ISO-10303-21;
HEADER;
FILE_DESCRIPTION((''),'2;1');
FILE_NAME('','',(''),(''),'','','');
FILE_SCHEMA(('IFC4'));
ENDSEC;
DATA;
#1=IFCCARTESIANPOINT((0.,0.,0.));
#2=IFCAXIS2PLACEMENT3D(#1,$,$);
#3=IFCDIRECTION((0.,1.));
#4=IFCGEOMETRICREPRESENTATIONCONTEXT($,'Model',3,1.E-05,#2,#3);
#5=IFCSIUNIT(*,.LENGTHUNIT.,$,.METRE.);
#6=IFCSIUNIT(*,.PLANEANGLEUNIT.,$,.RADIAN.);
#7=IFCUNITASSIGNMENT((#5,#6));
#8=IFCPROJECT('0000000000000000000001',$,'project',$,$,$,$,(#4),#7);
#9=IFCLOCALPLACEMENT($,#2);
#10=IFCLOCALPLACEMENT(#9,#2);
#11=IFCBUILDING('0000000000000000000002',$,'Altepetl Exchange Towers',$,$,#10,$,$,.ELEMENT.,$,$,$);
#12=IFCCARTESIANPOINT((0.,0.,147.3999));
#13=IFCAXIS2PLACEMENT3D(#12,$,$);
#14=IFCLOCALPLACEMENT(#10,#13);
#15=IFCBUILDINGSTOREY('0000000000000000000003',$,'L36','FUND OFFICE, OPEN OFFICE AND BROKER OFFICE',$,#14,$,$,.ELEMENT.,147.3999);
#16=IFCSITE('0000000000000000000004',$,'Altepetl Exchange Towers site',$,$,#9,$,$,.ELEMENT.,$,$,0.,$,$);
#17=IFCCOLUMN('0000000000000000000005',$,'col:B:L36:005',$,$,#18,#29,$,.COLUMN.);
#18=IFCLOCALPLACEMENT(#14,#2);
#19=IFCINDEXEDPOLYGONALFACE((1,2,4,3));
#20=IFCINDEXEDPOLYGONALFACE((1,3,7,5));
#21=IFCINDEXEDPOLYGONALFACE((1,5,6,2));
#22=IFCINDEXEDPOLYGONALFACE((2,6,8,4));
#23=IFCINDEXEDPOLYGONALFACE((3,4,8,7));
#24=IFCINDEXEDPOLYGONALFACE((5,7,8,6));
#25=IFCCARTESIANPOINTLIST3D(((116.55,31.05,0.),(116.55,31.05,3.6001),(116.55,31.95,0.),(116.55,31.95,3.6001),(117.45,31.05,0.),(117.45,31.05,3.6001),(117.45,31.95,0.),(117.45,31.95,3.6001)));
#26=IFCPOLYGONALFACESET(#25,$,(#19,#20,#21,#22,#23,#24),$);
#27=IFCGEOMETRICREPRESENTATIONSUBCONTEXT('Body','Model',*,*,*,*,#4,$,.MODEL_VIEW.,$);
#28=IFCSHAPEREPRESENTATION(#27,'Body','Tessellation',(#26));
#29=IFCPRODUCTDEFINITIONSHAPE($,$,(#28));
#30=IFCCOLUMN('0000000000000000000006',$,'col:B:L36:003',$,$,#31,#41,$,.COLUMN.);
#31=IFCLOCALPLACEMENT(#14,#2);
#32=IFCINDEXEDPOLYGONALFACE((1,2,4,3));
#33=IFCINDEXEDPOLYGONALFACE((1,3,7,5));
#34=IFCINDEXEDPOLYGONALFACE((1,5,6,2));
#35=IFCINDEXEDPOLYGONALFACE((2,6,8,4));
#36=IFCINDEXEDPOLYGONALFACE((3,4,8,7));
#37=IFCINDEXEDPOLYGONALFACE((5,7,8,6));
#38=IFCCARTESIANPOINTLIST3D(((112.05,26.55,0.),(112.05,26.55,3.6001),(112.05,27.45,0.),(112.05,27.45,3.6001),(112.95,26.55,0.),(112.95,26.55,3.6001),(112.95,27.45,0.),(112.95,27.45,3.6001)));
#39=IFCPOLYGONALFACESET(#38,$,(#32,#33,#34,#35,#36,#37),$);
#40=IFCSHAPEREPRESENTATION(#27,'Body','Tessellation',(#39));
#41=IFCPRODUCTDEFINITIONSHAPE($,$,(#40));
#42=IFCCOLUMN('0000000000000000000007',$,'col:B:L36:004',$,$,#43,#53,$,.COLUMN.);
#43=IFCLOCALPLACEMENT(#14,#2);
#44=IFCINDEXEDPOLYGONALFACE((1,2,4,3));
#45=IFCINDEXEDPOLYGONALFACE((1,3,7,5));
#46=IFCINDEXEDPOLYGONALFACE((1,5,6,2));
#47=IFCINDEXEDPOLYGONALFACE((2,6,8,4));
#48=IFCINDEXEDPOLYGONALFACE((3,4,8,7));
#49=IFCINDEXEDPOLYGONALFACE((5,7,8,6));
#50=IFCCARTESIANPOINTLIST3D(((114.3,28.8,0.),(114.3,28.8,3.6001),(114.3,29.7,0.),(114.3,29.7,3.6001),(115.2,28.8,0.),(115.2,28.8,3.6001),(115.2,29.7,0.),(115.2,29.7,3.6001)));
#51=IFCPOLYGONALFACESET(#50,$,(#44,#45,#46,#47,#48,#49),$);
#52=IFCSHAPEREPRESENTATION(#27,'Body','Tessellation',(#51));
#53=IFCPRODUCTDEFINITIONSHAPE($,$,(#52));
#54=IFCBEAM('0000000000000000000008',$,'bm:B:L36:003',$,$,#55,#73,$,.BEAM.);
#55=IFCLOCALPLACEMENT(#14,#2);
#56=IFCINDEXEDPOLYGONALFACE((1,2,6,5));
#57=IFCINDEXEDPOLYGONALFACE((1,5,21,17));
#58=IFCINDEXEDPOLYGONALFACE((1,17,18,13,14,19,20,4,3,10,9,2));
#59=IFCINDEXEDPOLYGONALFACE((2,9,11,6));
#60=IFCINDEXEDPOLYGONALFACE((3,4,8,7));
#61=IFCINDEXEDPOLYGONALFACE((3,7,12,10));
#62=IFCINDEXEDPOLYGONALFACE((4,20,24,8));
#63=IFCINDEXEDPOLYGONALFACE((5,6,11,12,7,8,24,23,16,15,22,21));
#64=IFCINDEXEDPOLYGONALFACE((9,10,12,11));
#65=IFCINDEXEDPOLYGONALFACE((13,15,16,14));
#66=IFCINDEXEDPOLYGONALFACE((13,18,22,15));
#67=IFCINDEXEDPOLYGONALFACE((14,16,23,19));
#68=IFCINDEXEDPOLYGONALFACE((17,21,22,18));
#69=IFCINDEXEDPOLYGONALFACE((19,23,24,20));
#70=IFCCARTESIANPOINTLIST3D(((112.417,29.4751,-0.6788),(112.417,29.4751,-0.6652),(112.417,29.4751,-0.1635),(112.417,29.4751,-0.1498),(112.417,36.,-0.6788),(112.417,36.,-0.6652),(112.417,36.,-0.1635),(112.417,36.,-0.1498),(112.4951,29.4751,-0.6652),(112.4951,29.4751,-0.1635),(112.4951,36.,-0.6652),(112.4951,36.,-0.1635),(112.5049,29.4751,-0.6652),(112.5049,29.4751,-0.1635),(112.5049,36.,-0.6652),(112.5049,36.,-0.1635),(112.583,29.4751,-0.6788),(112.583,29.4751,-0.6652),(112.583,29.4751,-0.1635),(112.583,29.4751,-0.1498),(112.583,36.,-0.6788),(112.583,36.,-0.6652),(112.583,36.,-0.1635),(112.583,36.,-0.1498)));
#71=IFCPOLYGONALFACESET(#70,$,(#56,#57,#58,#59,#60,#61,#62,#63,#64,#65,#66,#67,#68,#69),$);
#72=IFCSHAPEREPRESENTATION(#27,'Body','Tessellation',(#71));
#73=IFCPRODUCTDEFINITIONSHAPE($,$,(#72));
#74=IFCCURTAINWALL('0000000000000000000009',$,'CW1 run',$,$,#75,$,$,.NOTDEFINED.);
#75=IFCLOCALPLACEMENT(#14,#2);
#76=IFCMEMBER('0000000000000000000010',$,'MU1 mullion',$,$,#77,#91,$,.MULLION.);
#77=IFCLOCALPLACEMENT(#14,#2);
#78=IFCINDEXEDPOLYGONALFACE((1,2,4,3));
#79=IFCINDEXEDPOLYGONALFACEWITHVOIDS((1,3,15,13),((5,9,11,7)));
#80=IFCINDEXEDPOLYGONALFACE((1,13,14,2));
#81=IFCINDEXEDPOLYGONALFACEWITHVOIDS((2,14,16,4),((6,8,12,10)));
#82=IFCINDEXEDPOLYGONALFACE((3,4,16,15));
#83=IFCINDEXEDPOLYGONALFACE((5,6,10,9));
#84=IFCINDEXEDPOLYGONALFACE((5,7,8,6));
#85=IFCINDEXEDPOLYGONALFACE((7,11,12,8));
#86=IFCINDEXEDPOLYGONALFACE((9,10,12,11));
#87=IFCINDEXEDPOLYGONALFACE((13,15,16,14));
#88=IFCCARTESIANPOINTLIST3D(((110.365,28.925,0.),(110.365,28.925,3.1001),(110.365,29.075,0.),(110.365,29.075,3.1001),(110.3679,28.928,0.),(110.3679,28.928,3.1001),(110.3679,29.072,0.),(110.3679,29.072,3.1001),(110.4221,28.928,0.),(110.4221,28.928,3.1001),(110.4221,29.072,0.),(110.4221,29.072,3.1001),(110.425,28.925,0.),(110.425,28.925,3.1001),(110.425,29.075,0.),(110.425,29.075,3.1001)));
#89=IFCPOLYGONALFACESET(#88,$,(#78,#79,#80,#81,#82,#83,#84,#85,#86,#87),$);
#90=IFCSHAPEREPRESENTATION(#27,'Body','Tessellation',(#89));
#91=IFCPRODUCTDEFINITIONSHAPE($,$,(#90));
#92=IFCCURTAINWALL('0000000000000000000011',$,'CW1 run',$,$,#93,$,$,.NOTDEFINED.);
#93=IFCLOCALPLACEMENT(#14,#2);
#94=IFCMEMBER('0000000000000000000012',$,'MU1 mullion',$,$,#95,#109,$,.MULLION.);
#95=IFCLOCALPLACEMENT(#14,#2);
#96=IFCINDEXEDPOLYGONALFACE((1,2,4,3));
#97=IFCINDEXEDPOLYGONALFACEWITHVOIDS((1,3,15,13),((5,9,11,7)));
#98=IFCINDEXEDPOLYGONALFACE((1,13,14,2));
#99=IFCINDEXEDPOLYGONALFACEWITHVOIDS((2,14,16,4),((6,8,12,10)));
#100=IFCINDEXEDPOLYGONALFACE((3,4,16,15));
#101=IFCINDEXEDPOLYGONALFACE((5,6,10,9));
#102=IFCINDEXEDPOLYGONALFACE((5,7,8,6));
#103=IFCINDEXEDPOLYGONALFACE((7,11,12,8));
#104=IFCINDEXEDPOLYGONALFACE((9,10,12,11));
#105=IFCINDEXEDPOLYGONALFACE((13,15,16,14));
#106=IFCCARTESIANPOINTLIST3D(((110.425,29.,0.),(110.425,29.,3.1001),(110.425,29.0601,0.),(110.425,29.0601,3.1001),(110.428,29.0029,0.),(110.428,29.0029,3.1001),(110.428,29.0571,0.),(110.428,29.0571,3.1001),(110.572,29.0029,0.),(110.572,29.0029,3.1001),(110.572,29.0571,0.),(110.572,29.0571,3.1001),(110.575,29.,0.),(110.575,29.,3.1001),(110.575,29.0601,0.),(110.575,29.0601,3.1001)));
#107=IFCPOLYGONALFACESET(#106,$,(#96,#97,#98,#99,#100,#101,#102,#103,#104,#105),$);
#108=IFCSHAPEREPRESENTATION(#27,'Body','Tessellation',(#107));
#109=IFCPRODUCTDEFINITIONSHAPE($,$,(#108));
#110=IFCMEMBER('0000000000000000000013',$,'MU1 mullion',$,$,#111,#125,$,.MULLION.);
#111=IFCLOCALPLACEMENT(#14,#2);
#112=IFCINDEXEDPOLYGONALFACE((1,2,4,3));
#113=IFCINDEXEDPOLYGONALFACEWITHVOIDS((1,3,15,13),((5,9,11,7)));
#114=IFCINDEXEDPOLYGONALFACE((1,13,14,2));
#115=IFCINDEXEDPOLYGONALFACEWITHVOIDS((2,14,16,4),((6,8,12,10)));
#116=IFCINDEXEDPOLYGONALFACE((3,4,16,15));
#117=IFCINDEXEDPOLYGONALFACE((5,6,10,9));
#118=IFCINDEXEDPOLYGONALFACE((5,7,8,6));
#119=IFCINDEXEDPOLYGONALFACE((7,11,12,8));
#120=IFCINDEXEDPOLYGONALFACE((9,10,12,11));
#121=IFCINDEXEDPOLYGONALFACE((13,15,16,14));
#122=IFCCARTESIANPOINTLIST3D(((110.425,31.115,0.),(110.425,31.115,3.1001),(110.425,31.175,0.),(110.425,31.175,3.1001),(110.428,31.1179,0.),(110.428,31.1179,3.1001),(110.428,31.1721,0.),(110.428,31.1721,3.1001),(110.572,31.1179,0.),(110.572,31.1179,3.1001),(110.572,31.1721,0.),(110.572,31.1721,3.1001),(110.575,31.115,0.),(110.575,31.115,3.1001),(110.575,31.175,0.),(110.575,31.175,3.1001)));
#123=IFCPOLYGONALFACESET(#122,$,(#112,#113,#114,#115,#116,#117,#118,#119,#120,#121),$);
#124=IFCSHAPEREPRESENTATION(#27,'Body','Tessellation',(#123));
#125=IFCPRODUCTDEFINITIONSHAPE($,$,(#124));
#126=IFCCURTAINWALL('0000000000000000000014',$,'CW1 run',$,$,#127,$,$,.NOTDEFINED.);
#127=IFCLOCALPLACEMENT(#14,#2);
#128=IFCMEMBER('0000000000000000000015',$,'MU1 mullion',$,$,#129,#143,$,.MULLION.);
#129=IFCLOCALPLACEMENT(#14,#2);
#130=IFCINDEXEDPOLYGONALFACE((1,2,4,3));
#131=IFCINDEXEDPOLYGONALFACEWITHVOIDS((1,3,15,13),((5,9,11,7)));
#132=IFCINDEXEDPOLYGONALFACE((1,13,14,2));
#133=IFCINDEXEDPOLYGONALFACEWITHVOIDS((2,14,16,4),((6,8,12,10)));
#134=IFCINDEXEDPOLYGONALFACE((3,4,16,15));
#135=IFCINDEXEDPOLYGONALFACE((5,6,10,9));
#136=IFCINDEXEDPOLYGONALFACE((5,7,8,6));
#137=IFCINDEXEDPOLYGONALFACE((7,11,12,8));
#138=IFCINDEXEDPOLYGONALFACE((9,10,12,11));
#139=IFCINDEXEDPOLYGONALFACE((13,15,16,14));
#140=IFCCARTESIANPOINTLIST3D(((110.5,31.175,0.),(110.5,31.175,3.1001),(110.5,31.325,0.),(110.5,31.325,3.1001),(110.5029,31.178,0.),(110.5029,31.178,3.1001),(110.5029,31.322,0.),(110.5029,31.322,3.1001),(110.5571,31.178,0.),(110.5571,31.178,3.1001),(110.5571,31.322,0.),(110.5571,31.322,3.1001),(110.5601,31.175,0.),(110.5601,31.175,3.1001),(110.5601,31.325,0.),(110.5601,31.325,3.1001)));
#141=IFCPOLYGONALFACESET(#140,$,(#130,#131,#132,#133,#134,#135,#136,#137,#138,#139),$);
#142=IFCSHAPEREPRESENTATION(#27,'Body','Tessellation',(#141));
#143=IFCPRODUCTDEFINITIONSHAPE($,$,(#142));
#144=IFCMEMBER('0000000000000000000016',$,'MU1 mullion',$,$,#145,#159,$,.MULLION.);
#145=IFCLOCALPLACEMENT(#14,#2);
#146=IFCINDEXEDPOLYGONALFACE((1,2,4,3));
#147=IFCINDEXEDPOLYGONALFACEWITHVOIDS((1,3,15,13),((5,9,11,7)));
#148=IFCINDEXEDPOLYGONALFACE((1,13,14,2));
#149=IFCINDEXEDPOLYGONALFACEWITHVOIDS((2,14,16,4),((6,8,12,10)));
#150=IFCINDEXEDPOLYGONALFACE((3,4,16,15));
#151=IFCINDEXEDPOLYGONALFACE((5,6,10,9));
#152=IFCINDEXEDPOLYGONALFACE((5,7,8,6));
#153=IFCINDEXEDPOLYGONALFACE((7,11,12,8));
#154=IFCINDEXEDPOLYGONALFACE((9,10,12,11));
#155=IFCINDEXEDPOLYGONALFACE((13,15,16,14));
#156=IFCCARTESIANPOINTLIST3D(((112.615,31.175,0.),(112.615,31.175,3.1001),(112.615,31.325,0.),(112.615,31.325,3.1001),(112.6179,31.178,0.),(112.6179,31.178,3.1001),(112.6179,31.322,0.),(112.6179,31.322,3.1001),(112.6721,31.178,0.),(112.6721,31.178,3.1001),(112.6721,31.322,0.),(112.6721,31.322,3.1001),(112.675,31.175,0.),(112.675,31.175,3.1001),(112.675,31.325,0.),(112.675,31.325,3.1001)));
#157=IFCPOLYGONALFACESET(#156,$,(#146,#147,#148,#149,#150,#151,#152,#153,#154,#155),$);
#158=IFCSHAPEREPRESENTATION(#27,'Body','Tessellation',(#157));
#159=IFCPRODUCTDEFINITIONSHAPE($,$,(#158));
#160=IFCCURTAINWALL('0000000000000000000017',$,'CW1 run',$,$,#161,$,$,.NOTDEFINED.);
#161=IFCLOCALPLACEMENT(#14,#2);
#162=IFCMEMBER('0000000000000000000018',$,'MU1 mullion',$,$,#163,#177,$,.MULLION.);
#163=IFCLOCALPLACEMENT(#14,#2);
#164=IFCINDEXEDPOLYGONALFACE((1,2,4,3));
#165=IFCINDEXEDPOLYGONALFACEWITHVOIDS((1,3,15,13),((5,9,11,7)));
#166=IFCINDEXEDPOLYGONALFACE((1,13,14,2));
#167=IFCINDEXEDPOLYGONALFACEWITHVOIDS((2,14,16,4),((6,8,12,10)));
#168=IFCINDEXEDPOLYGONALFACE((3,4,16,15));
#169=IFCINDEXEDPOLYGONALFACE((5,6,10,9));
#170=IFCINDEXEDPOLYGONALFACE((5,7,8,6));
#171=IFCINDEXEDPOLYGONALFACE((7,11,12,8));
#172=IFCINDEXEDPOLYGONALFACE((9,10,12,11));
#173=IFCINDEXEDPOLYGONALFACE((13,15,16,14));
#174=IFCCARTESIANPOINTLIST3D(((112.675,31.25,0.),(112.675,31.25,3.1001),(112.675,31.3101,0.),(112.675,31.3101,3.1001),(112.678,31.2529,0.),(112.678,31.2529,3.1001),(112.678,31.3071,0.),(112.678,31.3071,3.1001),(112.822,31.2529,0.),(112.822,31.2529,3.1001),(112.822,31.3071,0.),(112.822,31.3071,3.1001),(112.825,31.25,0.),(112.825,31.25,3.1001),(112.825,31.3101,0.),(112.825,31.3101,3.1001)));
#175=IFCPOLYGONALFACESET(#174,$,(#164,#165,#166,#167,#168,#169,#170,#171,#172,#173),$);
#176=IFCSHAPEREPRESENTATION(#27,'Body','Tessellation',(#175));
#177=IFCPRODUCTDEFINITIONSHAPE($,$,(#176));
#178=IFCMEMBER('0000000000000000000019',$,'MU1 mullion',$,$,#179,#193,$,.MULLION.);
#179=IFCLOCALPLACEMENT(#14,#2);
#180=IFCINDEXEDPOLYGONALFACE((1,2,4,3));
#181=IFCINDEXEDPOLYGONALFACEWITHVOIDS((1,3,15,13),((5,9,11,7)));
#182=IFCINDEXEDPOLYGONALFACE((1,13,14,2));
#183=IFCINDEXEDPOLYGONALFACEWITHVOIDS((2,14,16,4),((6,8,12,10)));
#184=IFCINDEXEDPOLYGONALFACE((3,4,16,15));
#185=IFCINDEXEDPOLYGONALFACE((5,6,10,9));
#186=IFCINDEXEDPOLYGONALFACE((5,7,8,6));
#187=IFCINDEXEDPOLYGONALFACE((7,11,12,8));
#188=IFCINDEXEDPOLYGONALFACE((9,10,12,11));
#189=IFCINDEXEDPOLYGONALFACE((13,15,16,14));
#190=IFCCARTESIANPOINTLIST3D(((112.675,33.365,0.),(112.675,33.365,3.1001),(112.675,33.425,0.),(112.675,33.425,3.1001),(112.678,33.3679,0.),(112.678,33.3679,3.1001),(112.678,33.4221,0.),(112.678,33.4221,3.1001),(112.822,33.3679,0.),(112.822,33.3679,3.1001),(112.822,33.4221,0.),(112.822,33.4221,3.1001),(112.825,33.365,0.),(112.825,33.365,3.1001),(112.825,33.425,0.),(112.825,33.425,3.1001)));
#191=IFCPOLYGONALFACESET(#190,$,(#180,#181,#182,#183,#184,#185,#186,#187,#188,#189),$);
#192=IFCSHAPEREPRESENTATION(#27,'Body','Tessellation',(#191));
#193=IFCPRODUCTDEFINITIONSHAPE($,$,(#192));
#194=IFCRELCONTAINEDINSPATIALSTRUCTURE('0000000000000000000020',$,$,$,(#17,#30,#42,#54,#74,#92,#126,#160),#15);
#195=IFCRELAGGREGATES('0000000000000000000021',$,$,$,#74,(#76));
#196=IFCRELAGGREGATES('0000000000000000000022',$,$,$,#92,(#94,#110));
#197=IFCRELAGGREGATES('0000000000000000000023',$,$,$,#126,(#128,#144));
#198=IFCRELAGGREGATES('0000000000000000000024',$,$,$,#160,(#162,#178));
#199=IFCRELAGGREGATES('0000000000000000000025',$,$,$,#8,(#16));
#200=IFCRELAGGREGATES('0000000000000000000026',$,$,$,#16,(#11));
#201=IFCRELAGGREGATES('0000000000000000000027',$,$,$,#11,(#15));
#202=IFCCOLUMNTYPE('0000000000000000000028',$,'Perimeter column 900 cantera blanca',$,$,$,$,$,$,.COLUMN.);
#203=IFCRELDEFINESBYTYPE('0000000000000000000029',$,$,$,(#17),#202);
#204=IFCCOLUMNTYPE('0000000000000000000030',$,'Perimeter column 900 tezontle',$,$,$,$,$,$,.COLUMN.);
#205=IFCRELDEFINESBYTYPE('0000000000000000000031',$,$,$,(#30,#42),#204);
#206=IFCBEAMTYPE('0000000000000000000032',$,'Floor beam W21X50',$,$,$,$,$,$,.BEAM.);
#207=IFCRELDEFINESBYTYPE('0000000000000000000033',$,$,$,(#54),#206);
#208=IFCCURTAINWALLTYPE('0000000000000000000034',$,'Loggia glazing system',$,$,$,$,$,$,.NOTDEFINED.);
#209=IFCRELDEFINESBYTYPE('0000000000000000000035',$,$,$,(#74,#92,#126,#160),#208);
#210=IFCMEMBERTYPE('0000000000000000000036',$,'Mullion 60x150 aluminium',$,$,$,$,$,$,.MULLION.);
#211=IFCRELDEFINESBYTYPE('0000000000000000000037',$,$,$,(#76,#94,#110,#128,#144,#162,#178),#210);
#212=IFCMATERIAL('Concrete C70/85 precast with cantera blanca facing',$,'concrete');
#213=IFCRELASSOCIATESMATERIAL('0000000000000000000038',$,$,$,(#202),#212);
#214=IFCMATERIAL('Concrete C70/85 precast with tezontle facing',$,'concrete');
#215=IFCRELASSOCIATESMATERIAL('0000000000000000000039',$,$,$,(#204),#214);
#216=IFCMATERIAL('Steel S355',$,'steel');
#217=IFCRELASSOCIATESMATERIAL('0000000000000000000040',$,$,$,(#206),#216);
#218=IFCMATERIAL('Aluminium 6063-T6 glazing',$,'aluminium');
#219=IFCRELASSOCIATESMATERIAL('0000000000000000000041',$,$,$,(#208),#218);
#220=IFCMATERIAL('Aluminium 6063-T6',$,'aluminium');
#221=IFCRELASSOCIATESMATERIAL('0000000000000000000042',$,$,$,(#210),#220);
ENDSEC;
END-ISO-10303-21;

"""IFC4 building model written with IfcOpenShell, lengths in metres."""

from ifc_helpers import new_model, si_unit, direction, frame, origin, origin_2d, place, context, subcontext, project, spatial, rectangle, hollow_rectangle, i_section, extrude, material, material_profile, profile_set, type_object, element, aggregate, save


model = new_model("IFC4")

# Units and contexts
model_context = context("Model", 3, precision=1e-05, world=origin(), true_north=direction((0.0, 1.0)))
body_context = subcontext(model_context, "Body", "Model", "MODEL_VIEW")
ifc_project = project(units=[si_unit("LENGTHUNIT", "METRE"), si_unit("PLANEANGLEUNIT", "RADIAN")], contexts=[model_context])

# Site, building, storey
site_placement = place(None, origin())
site = spatial("IfcSite", under=ifc_project, at=site_placement, Name="Altepetl Exchange Towers site", CompositionType="ELEMENT", RefElevation=0.0)
building_placement = place(site_placement, origin())
building = spatial("IfcBuilding", under=site, at=building_placement, Name="Altepetl Exchange Towers", CompositionType="ELEMENT")
storey_placement = place(building_placement, frame((0.0, 0.0, 147.3999)))
storey = spatial("IfcBuildingStorey", under=building, at=storey_placement, Name="L36", Description="FUND OFFICE, OPEN OFFICE AND BROKER OFFICE", CompositionType="ELEMENT", Elevation=147.3999)

# Columns
ifc_material_1 = material(Name="Concrete C70/85 precast with cantera blanca facing", Category="concrete")
ifc_material_profile_1 = material_profile(ifc_material_1, rectangle(XDim=0.8999, YDim=0.8999, at=origin_2d()), Name="900 x 900")
ifc_profile_set_1 = profile_set([ifc_material_profile_1], Name="Concrete C70/85 precast with cantera blanca facing")
column_type_1 = type_object("IfcColumnType", Name="Perimeter column 900 cantera blanca", PredefinedType="COLUMN", material=ifc_profile_set_1)
column_placement = place(storey_placement, frame((117.0, 31.5, 0.0)))
element("IfcColumn", 1, at=column_placement, inside=storey, type_object=column_type_1, Name="col:B:L36:005", PredefinedType="COLUMN", context=body_context, shape_type="SweptSolid", body=[
    extrude(rectangle(XDim=0.8999, YDim=0.8999, at=origin_2d()), origin(), (0.0, 0.0, 1.0), 3.6001),
])
ifc_material_2 = material(Name="Concrete C70/85 precast with tezontle facing", Category="concrete")
ifc_material_profile_2 = material_profile(ifc_material_2, rectangle(XDim=0.8999, YDim=0.8999, at=origin_2d()), Name="900 x 900")
ifc_profile_set_2 = profile_set([ifc_material_profile_2], Name="Concrete C70/85 precast with tezontle facing")
column_type_2 = type_object("IfcColumnType", Name="Perimeter column 900 tezontle", PredefinedType="COLUMN", material=ifc_profile_set_2)
for number, where, name in (
    (2, (112.5, 27.0, 0.0), "col:B:L36:003"),
    (3, (114.75, 29.25, 0.0), "col:B:L36:004"),
):
    element("IfcColumn", number, at=place(storey_placement, frame(where)), inside=storey, type_object=column_type_2, Name=name, PredefinedType="COLUMN", context=body_context, shape_type="SweptSolid", body=[
        extrude(rectangle(XDim=0.8999, YDim=0.8999, at=origin_2d()), origin(), (0.0, 0.0, 1.0), 3.6001),
    ])

# Beam
ifc_material_3 = material(Name="Steel S355", Category="steel")
ifc_material_profile_3 = material_profile(ifc_material_3, i_section(OverallWidth=0.166, OverallDepth=0.5291, WebThickness=0.0098, FlangeThickness=0.0137, at=origin_2d()), Name="W21X50")
ifc_profile_set_3 = profile_set([ifc_material_profile_3], Name="Steel S355")
beam_type_1 = type_object("IfcBeamType", Name="Floor beam W21X50", PredefinedType="BEAM", material=ifc_profile_set_3)
beam_1_placement = place(storey_placement, frame((112.5, 29.4751, -0.4143), z_axis=(0.0, 1.0, 0.0), x_axis=(-1.0, 0.0, 0.0)))
element("IfcBeam", 4, at=beam_1_placement, inside=storey, type_object=beam_type_1, Name="bm:B:L36:003", PredefinedType="BEAM", context=body_context, shape_type="SweptSolid", body=[
    extrude(i_section(OverallWidth=0.166, OverallDepth=0.5291, WebThickness=0.0098, FlangeThickness=0.0137, at=origin_2d()), origin(), (0.0, 0.0, 1.0), 6.5249),
])

# Curtain wall, member
ifc_material_4 = material(Name="Aluminium 6063-T6 glazing", Category="aluminium")
curtain_wall_type = type_object("IfcCurtainWallType", Name="Loggia glazing system", PredefinedType="NOTDEFINED", material=ifc_material_4)
curtain_wall_1_placement = place(storey_placement, origin())
curtain_wall_1 = element("IfcCurtainWall", 5, at=curtain_wall_1_placement, inside=storey, type_object=curtain_wall_type, Name="CW1 run", PredefinedType="NOTDEFINED")
ifc_material_5 = material(Name="Aluminium 6063-T6", Category="aluminium")
ifc_material_profile_4 = material_profile(ifc_material_5, hollow_rectangle(XDim=0.0601, YDim=0.1499, WallThickness=0.0029, at=origin_2d()), Name="Mullion 60x150 aluminium")
ifc_profile_set_4 = profile_set([ifc_material_profile_4], Name="Aluminium 6063-T6")
member_type = type_object("IfcMemberType", Name="Mullion 60x150 aluminium", PredefinedType="MULLION", material=ifc_profile_set_4)
member_1_placement = place(storey_placement, frame((110.395, 29.0, 0.0)))
member_1 = element("IfcMember", 6, at=member_1_placement, type_object=member_type, Name="MU1 mullion", PredefinedType="MULLION", context=body_context, shape_type="SweptSolid", body=[
    extrude(hollow_rectangle(XDim=0.0601, YDim=0.1499, WallThickness=0.0029, at=origin_2d()), origin(), (0.0, 0.0, 1.0), 3.1001),
])

# Curtain walls, members
curtain_wall_2_placement = place(storey_placement, origin())
curtain_wall_2 = element("IfcCurtainWall", 7, at=curtain_wall_2_placement, inside=storey, type_object=curtain_wall_type, Name="CW1 run", PredefinedType="NOTDEFINED")
member_2_placement = place(storey_placement, frame((110.5, 29.03, 0.0), z_axis=(0.0, 0.0, 1.0), x_axis=(0.0, 1.0, 0.0)))
member_2 = element("IfcMember", 8, at=member_2_placement, type_object=member_type, Name="MU1 mullion", PredefinedType="MULLION", context=body_context, shape_type="SweptSolid", body=[
    extrude(hollow_rectangle(XDim=0.0601, YDim=0.1499, WallThickness=0.0029, at=origin_2d()), origin(), (0.0, 0.0, 1.0), 3.1001),
])
member_3_placement = place(storey_placement, frame((110.5, 31.145, 0.0), z_axis=(0.0, 0.0, 1.0), x_axis=(0.0, 1.0, 0.0)))
member_3 = element("IfcMember", 9, at=member_3_placement, type_object=member_type, Name="MU1 mullion", PredefinedType="MULLION", context=body_context, shape_type="SweptSolid", body=[
    extrude(hollow_rectangle(XDim=0.0601, YDim=0.1499, WallThickness=0.0029, at=origin_2d()), origin(), (0.0, 0.0, 1.0), 3.1001),
])
curtain_wall_3_placement = place(storey_placement, origin())
curtain_wall_3 = element("IfcCurtainWall", 10, at=curtain_wall_3_placement, inside=storey, type_object=curtain_wall_type, Name="CW1 run", PredefinedType="NOTDEFINED")
member_4_placement = place(storey_placement, frame((110.53, 31.25, 0.0)))
member_4 = element("IfcMember", 11, at=member_4_placement, type_object=member_type, Name="MU1 mullion", PredefinedType="MULLION", context=body_context, shape_type="SweptSolid", body=[
    extrude(hollow_rectangle(XDim=0.0601, YDim=0.1499, WallThickness=0.0029, at=origin_2d()), origin(), (0.0, 0.0, 1.0), 3.1001),
])
member_5_placement = place(storey_placement, frame((112.645, 31.25, 0.0)))
member_5 = element("IfcMember", 12, at=member_5_placement, type_object=member_type, Name="MU1 mullion", PredefinedType="MULLION", context=body_context, shape_type="SweptSolid", body=[
    extrude(hollow_rectangle(XDim=0.0601, YDim=0.1499, WallThickness=0.0029, at=origin_2d()), origin(), (0.0, 0.0, 1.0), 3.1001),
])
curtain_wall_4_placement = place(storey_placement, origin())
curtain_wall_4 = element("IfcCurtainWall", 13, at=curtain_wall_4_placement, inside=storey, type_object=curtain_wall_type, Name="CW1 run", PredefinedType="NOTDEFINED")
member_6_placement = place(storey_placement, frame((112.75, 31.28, 0.0), z_axis=(0.0, 0.0, 1.0), x_axis=(0.0, 1.0, 0.0)))
member_6 = element("IfcMember", 14, at=member_6_placement, type_object=member_type, Name="MU1 mullion", PredefinedType="MULLION", context=body_context, shape_type="SweptSolid", body=[
    extrude(hollow_rectangle(XDim=0.0601, YDim=0.1499, WallThickness=0.0029, at=origin_2d()), origin(), (0.0, 0.0, 1.0), 3.1001),
])
member_7_placement = place(storey_placement, frame((112.75, 33.395, 0.0), z_axis=(0.0, 0.0, 1.0), x_axis=(0.0, 1.0, 0.0)))
member_7 = element("IfcMember", 15, at=member_7_placement, type_object=member_type, Name="MU1 mullion", PredefinedType="MULLION", context=body_context, shape_type="SweptSolid", body=[
    extrude(hollow_rectangle(XDim=0.0601, YDim=0.1499, WallThickness=0.0029, at=origin_2d()), origin(), (0.0, 0.0, 1.0), 3.1001),
])

aggregate(curtain_wall_1, [member_1])
aggregate(curtain_wall_2, [member_2, member_3])
aggregate(curtain_wall_3, [member_4, member_5])
aggregate(curtain_wall_4, [member_6, member_7])

save(model, "model.ifc")
